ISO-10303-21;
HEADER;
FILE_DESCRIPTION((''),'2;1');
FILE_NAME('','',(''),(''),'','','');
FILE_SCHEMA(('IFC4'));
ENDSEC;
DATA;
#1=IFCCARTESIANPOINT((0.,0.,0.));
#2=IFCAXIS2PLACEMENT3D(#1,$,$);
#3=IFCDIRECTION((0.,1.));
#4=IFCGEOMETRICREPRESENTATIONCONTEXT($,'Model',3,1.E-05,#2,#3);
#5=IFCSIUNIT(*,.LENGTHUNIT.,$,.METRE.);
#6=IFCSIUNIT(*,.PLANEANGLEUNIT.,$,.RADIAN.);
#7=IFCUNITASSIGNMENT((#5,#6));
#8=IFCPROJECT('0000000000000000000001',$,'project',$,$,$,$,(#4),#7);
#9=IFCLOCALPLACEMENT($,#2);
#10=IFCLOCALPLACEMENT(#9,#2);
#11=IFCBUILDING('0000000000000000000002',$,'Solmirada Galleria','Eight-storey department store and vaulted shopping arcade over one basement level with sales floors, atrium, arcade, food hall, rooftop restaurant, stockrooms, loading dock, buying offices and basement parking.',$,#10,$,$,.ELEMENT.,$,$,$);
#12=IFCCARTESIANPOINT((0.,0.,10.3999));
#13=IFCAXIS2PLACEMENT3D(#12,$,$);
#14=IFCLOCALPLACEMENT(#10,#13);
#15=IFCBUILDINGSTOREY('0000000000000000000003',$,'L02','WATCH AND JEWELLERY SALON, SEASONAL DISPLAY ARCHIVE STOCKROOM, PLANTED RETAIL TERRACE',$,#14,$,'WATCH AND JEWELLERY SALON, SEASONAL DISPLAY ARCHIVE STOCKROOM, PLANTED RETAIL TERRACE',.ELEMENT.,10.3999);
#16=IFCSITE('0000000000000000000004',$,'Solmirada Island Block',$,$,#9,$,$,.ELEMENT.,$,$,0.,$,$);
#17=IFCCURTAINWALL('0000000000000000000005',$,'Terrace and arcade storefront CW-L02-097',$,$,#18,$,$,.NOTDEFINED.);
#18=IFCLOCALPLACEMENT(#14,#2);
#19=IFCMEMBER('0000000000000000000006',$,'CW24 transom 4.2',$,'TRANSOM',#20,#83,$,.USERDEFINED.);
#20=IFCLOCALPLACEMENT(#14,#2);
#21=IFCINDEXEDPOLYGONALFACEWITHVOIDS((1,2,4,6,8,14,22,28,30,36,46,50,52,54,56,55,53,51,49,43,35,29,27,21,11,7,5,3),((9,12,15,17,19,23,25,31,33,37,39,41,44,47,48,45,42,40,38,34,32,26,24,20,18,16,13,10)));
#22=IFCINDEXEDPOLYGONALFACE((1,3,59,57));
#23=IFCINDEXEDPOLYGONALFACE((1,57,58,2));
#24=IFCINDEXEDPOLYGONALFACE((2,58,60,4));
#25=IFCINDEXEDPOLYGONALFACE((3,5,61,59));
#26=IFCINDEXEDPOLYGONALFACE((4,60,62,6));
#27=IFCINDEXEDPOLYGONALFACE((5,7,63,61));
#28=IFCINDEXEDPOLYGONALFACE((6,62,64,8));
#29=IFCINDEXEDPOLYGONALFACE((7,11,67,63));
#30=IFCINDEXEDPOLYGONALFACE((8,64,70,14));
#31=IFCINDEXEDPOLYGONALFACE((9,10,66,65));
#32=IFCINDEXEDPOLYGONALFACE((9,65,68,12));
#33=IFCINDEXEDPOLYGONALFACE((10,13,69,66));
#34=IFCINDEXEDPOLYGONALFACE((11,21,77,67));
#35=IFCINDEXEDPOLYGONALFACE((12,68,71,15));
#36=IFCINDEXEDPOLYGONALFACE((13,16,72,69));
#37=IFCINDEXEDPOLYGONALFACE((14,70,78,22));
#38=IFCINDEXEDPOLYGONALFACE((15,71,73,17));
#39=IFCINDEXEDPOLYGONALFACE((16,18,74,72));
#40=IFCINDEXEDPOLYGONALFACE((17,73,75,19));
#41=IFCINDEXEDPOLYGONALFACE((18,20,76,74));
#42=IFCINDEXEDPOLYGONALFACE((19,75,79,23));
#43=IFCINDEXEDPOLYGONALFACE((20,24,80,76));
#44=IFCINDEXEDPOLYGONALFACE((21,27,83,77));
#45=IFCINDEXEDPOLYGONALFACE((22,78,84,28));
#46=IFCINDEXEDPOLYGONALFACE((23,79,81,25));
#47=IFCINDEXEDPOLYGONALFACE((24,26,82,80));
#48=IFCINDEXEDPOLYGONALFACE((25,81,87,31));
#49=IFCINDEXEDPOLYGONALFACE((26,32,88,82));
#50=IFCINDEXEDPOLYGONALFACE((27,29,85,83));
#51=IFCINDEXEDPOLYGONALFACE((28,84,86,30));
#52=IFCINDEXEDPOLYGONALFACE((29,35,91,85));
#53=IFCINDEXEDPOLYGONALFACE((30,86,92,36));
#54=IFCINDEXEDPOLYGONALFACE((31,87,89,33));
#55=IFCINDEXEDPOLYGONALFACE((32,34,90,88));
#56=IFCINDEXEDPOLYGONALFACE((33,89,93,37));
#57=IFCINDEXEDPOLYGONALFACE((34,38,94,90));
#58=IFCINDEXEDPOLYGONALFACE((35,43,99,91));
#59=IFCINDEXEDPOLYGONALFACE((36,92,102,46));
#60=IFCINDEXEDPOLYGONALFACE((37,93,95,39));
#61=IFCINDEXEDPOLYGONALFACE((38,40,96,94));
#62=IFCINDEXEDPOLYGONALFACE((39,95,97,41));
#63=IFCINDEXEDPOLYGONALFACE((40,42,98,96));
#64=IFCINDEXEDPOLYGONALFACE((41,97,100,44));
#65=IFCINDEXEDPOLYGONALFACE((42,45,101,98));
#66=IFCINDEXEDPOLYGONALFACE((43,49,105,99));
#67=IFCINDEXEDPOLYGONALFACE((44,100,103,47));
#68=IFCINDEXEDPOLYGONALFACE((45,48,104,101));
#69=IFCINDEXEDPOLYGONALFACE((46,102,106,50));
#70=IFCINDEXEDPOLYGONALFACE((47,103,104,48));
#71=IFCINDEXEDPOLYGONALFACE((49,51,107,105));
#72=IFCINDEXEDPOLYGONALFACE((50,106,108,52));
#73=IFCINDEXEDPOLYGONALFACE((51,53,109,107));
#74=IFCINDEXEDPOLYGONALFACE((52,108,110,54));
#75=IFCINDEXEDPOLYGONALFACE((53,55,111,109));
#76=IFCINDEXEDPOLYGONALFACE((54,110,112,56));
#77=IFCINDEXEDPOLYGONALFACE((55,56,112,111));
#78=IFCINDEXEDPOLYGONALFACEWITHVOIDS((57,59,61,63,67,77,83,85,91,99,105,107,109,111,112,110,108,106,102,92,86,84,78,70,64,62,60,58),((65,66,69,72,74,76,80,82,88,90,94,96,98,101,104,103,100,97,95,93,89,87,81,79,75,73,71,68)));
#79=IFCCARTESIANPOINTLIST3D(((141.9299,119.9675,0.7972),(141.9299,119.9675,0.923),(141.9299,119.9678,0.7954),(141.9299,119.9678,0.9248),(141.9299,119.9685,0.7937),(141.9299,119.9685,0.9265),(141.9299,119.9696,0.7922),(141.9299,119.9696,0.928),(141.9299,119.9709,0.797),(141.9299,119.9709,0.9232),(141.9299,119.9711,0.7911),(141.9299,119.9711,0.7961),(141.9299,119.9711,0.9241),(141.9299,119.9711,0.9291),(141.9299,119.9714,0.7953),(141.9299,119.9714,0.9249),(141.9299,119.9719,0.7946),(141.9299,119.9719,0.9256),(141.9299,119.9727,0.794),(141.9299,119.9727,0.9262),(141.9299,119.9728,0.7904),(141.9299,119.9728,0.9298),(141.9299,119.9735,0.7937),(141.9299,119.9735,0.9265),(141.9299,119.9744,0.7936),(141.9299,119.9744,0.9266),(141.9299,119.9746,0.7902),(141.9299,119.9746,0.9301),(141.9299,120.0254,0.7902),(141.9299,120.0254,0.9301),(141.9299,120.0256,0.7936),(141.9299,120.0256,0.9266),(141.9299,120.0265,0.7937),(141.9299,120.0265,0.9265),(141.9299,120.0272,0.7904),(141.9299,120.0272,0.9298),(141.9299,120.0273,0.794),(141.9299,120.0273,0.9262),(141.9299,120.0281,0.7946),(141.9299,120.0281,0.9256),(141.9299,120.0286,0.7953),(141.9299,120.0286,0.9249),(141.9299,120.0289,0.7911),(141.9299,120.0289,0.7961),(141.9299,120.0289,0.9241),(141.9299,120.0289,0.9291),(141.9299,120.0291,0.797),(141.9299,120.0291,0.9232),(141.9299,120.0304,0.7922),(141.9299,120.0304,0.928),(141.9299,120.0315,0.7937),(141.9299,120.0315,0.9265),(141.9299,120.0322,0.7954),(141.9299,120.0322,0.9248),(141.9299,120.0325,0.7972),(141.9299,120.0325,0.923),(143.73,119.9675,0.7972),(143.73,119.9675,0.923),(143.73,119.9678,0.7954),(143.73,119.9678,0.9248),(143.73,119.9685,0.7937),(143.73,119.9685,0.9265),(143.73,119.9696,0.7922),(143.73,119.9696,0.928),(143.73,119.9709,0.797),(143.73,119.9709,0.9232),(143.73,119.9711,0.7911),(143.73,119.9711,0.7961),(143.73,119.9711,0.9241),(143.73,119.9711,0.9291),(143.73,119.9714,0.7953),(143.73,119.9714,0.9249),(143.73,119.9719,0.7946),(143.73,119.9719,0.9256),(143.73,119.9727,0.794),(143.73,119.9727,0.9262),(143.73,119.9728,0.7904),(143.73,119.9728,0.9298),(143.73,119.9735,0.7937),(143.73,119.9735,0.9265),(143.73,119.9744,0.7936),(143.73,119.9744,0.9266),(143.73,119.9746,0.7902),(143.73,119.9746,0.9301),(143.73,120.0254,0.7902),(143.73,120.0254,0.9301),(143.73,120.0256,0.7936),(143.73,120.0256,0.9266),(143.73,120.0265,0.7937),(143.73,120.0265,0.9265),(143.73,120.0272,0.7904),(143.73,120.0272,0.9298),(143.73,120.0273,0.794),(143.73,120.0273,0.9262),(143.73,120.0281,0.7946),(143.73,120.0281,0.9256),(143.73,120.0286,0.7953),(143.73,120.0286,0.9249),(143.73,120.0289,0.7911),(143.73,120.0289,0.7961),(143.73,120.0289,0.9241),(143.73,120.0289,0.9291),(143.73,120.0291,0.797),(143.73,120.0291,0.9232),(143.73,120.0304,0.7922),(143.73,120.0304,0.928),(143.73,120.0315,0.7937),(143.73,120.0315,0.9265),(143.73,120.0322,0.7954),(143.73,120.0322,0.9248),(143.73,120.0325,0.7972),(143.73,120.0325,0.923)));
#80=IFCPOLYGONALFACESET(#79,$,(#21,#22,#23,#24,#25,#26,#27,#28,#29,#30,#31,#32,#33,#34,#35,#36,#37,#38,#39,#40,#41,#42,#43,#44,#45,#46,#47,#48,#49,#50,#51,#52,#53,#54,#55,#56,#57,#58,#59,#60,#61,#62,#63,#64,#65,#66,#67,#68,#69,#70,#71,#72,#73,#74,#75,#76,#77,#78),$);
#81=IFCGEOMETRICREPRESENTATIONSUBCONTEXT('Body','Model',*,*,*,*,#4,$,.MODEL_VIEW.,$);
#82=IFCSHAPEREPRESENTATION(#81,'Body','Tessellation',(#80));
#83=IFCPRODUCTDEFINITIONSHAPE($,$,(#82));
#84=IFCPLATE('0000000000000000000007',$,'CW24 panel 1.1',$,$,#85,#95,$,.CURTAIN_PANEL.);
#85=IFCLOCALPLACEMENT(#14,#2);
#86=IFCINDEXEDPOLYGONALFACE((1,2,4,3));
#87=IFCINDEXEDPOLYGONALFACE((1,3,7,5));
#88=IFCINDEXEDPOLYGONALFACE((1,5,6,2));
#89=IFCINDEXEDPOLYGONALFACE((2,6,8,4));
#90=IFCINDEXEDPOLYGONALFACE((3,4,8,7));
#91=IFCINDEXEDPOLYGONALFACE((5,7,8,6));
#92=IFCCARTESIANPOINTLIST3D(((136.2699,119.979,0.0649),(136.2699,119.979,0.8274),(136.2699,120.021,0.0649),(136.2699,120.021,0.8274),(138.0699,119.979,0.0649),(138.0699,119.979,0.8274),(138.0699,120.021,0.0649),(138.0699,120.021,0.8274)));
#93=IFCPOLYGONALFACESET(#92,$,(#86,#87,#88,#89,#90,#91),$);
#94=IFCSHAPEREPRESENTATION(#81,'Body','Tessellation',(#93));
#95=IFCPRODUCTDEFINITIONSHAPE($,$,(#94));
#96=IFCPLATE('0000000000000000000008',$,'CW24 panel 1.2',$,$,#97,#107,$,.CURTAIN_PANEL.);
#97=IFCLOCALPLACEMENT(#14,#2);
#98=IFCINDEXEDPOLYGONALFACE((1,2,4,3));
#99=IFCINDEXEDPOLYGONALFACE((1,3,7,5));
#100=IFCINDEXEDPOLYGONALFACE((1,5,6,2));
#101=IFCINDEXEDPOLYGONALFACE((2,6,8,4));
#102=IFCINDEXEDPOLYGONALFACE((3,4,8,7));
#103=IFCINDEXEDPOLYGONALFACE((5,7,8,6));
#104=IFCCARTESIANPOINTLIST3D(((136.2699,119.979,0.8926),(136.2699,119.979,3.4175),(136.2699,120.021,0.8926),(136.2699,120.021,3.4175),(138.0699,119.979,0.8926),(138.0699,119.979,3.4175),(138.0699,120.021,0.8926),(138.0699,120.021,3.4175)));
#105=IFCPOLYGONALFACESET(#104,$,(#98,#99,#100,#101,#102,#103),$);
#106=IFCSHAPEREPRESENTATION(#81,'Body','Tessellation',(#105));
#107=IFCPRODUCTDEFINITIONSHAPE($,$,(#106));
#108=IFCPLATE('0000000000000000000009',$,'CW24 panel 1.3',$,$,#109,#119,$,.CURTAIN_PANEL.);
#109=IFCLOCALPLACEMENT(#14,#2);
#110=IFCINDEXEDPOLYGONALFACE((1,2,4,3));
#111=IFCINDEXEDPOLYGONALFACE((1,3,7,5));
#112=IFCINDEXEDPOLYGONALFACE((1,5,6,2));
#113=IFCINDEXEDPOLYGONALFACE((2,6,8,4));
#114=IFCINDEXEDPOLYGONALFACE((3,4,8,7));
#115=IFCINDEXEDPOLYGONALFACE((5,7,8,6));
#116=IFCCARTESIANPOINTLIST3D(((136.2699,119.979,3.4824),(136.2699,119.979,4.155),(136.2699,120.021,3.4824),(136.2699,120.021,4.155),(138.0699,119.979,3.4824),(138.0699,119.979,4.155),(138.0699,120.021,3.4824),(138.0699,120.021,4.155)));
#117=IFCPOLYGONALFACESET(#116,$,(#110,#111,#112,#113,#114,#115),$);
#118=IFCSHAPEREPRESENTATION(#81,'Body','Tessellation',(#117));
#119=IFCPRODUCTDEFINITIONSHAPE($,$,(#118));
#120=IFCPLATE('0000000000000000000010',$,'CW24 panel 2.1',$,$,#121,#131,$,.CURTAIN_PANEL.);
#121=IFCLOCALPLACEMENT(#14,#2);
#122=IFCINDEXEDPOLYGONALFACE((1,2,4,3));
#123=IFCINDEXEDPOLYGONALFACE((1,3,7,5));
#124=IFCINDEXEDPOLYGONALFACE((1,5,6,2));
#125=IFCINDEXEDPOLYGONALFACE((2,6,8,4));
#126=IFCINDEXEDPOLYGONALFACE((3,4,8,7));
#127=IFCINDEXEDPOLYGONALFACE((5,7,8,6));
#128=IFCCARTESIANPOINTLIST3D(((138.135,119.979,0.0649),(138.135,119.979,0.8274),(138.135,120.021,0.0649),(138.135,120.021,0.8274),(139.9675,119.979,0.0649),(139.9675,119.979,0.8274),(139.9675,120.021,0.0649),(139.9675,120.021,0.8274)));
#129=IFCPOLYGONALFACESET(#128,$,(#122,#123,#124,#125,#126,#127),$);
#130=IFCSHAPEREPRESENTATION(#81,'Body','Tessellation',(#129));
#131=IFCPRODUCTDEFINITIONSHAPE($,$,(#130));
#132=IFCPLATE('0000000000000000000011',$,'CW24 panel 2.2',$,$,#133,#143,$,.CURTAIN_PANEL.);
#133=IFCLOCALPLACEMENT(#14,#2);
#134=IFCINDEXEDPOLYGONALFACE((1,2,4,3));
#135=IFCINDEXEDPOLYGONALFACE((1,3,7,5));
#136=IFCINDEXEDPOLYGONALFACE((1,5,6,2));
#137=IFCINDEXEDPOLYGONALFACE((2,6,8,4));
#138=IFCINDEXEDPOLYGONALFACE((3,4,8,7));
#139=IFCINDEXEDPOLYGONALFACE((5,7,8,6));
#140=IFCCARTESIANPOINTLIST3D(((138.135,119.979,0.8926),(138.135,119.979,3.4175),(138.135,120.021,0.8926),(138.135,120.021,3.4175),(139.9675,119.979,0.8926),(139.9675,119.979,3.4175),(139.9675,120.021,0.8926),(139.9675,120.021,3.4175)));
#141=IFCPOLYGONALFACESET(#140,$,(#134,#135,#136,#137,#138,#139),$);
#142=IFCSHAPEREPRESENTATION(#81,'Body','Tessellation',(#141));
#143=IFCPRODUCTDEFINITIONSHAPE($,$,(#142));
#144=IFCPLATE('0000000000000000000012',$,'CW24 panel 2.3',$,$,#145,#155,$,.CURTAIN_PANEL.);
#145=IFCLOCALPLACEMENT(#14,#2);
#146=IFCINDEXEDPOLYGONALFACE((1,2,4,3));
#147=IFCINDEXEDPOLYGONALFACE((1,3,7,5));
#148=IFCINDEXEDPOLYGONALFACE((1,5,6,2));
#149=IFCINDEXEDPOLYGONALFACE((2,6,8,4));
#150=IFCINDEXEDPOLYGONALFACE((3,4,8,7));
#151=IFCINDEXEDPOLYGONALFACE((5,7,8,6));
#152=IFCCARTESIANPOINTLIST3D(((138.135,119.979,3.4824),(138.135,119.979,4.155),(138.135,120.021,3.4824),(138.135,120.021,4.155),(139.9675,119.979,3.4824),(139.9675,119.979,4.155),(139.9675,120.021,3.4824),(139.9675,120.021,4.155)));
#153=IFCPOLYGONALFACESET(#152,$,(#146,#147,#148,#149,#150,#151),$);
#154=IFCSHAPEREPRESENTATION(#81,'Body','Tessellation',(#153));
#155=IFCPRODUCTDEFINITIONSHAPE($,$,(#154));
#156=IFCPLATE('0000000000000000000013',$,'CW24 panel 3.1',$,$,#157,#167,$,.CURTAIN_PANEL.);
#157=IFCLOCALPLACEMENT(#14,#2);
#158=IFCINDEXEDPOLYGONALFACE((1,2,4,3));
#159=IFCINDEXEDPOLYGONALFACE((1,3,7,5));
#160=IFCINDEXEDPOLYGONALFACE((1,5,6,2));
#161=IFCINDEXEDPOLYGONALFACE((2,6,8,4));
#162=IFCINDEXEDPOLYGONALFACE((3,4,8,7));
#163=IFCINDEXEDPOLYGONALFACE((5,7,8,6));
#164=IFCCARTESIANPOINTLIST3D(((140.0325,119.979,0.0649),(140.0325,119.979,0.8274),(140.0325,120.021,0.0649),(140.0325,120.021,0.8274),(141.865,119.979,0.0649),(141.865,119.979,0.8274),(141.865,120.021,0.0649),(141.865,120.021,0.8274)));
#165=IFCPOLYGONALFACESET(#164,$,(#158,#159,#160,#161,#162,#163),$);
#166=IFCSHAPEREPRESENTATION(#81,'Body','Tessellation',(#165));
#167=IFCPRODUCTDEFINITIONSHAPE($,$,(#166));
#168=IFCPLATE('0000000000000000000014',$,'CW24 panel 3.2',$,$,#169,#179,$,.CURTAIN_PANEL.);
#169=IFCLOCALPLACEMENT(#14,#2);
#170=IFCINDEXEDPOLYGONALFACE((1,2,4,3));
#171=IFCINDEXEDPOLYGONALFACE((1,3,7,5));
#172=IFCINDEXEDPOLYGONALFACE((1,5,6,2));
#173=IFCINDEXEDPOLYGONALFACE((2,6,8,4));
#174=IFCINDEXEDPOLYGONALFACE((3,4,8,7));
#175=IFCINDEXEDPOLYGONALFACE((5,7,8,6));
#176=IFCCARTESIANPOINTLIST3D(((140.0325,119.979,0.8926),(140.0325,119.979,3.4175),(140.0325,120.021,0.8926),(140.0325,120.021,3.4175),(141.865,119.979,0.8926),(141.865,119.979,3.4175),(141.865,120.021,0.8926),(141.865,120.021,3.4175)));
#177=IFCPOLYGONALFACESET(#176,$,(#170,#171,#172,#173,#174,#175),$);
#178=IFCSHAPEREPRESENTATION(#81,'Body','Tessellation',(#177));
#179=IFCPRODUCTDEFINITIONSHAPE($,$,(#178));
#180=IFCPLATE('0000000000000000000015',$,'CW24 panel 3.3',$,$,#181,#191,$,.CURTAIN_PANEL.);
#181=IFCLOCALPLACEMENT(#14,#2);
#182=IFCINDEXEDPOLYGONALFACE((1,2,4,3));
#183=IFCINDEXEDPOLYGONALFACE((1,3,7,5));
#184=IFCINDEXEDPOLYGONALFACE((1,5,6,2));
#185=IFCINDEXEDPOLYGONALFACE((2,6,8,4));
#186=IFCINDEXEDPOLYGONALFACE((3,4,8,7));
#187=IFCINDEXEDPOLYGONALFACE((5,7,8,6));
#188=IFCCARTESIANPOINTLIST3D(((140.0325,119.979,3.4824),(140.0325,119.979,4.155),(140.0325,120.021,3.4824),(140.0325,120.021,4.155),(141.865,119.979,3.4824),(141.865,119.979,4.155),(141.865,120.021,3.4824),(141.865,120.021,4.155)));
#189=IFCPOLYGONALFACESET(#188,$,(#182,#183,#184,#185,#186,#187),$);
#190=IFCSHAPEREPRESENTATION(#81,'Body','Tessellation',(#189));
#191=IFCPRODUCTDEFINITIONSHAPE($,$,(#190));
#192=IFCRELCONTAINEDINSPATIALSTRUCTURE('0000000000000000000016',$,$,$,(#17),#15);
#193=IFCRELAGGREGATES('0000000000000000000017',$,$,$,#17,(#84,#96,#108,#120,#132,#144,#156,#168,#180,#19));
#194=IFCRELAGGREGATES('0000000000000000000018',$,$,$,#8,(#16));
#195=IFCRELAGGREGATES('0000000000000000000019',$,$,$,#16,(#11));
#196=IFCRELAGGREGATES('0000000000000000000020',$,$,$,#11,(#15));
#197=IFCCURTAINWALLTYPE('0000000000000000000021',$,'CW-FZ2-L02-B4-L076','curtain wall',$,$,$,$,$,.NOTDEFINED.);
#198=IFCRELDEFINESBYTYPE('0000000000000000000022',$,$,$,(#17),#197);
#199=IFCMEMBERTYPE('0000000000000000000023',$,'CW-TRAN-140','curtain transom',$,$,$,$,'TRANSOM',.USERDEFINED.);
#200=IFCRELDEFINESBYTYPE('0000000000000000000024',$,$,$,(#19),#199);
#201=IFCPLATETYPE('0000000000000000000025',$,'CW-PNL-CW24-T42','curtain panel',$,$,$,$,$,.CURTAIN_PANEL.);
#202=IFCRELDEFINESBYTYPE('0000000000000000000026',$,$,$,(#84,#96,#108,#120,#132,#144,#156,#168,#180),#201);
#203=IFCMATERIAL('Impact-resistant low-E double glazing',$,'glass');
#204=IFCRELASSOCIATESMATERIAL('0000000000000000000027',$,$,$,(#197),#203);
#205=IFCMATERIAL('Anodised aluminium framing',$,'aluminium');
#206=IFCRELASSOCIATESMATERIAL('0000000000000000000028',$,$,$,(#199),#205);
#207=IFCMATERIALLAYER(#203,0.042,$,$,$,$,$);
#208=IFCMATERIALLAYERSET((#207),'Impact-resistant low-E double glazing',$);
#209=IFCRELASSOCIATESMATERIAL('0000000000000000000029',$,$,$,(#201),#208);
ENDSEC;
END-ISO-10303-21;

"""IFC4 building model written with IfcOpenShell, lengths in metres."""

from ifc_helpers import new_model, si_unit, direction, frame, origin, origin_2d, place, context, subcontext, project, spatial, rectangle, hollow_rectangle, extrude, material, layer, layer_set, material_profile, profile_set, type_object, element, aggregate, save


model = new_model("IFC4")

# Units and contexts
model_context = context("Model", 3, precision=1e-05, world=origin(), true_north=direction((0.0, 1.0)))
body_context = subcontext(model_context, "Body", "Model", "MODEL_VIEW")
ifc_project = project(units=[si_unit("LENGTHUNIT", "METRE"), si_unit("PLANEANGLEUNIT", "RADIAN")], contexts=[model_context])

# Site, building, storey
site_placement = place(None, origin())
site = spatial("IfcSite", under=ifc_project, at=site_placement, Name="Solmirada Island Block", CompositionType="ELEMENT", RefElevation=0.0)
building_placement = place(site_placement, origin())
building = spatial("IfcBuilding", under=site, at=building_placement, Name="Solmirada Galleria", Description="Eight-storey department store and vaulted shopping arcade over one basement level with sales floors, atrium, arcade, food hall, rooftop restaurant, stockrooms, loading dock, buying offices and basement parking.", CompositionType="ELEMENT")
storey_placement = place(building_placement, frame((0.0, 0.0, 10.3999)))
storey = spatial("IfcBuildingStorey", under=building, at=storey_placement, Name="L02", Description="WATCH AND JEWELLERY SALON, SEASONAL DISPLAY ARCHIVE STOCKROOM, PLANTED RETAIL TERRACE", LongName="WATCH AND JEWELLERY SALON, SEASONAL DISPLAY ARCHIVE STOCKROOM, PLANTED RETAIL TERRACE", CompositionType="ELEMENT", Elevation=10.3999)

# Shared definitions
ifc_material_1 = material(Name="Impact-resistant low-E double glazing", Category="glass")
curtain_wall_type = type_object("IfcCurtainWallType", Name="CW-FZ2-L02-B4-L076", Description="curtain wall", PredefinedType="NOTDEFINED", material=ifc_material_1)
ifc_material_2 = material(Name="Anodised aluminium framing", Category="aluminium")

# Curtain wall, member, plates
curtain_wall_1_placement = place(storey_placement, origin())
curtain_wall_1 = element("IfcCurtainWall", 1, at=curtain_wall_1_placement, inside=storey, type_object=curtain_wall_type, Name="Terrace and arcade storefront CW-L02-097", PredefinedType="NOTDEFINED")
ifc_material_profile_1 = material_profile(ifc_material_2, hollow_rectangle(XDim=0.0649, YDim=0.1399, WallThickness=0.0034, InnerFilletRadius=0.0034, OuterFilletRadius=0.0071, at=origin_2d()), Name="ALU-TRAN-140X65")
ifc_profile_set_1 = profile_set([ifc_material_profile_1], Name="Anodised aluminium framing")
member_type_1 = type_object("IfcMemberType", Name="CW-TRAN-140", Description="curtain transom", ElementType="TRANSOM", PredefinedType="USERDEFINED", material=ifc_profile_set_1)
member_1_placement = place(storey_placement, frame((141.9299, 120.0, 0.8601), z_axis=(1.0, 0.0, 0.0), x_axis=(0.0, 1.0, 0.0)))
member_1 = element("IfcMember", 2, at=member_1_placement, type_object=member_type_1, Name="CW24 transom 4.2", ObjectType="TRANSOM", PredefinedType="USERDEFINED", context=body_context, shape_type="SweptSolid", body=[
    extrude(hollow_rectangle(XDim=0.0649, YDim=0.1399, WallThickness=0.0034, InnerFilletRadius=0.0034, OuterFilletRadius=0.0071, at=origin_2d()), origin(), (0.0, 0.0, 1.0), 1.8),
])
ifc_layer_1 = layer(ifc_material_1, 0.042)
ifc_layer_set_1 = layer_set([ifc_layer_1], Name="Impact-resistant low-E double glazing")
plate_type = type_object("IfcPlateType", Name="CW-PNL-CW24-T42", Description="curtain panel", PredefinedType="CURTAIN_PANEL", material=ifc_layer_set_1)
plate_1_placement = place(storey_placement, frame((137.1699, 120.0, 0.0649), z_axis=(0.0, 0.0, 1.0), x_axis=(1.0, 0.0, 0.0)))
plate_1 = element("IfcPlate", 3, at=plate_1_placement, type_object=plate_type, Name="CW24 panel 1.1", PredefinedType="CURTAIN_PANEL", context=body_context, shape_type="SweptSolid", body=[
    extrude(rectangle(XDim=1.8, YDim=0.042, at=origin_2d()), origin(), (0.0, 0.0, 1.0), 0.7625),
])
plate_2_placement = place(storey_placement, frame((137.1699, 120.0, 0.8926), z_axis=(0.0, 0.0, 1.0), x_axis=(1.0, 0.0, 0.0)))
plate_2 = element("IfcPlate", 4, at=plate_2_placement, type_object=plate_type, Name="CW24 panel 1.2", PredefinedType="CURTAIN_PANEL", context=body_context, shape_type="SweptSolid", body=[
    extrude(rectangle(XDim=1.8, YDim=0.042, at=origin_2d()), origin(), (0.0, 0.0, 1.0), 2.5249),
])
plate_3_placement = place(storey_placement, frame((137.1699, 120.0, 3.4824), z_axis=(0.0, 0.0, 1.0), x_axis=(1.0, 0.0, 0.0)))
plate_3 = element("IfcPlate", 5, at=plate_3_placement, type_object=plate_type, Name="CW24 panel 1.3", PredefinedType="CURTAIN_PANEL", context=body_context, shape_type="SweptSolid", body=[
    extrude(rectangle(XDim=1.8, YDim=0.042, at=origin_2d()), origin(), (0.0, 0.0, 1.0), 0.6726),
])
plate_4_placement = place(storey_placement, frame((139.0513, 120.0, 0.0649), z_axis=(0.0, 0.0, 1.0), x_axis=(1.0, 0.0, 0.0)))
plate_4 = element("IfcPlate", 6, at=plate_4_placement, type_object=plate_type, Name="CW24 panel 2.1", PredefinedType="CURTAIN_PANEL", context=body_context, shape_type="SweptSolid", body=[
    extrude(rectangle(XDim=1.8325, YDim=0.042, at=origin_2d()), origin(), (0.0, 0.0, 1.0), 0.7625),
])
plate_5_placement = place(storey_placement, frame((139.0513, 120.0, 0.8926), z_axis=(0.0, 0.0, 1.0), x_axis=(1.0, 0.0, 0.0)))
plate_5 = element("IfcPlate", 7, at=plate_5_placement, type_object=plate_type, Name="CW24 panel 2.2", PredefinedType="CURTAIN_PANEL", context=body_context, shape_type="SweptSolid", body=[
    extrude(rectangle(XDim=1.8325, YDim=0.042, at=origin_2d()), origin(), (0.0, 0.0, 1.0), 2.5249),
])
plate_6_placement = place(storey_placement, frame((139.0513, 120.0, 3.4824), z_axis=(0.0, 0.0, 1.0), x_axis=(1.0, 0.0, 0.0)))
plate_6 = element("IfcPlate", 8, at=plate_6_placement, type_object=plate_type, Name="CW24 panel 2.3", PredefinedType="CURTAIN_PANEL", context=body_context, shape_type="SweptSolid", body=[
    extrude(rectangle(XDim=1.8325, YDim=0.042, at=origin_2d()), origin(), (0.0, 0.0, 1.0), 0.6726),
])
plate_7_placement = place(storey_placement, frame((140.9487, 120.0, 0.0649), z_axis=(0.0, 0.0, 1.0), x_axis=(1.0, 0.0, 0.0)))
plate_7 = element("IfcPlate", 9, at=plate_7_placement, type_object=plate_type, Name="CW24 panel 3.1", PredefinedType="CURTAIN_PANEL", context=body_context, shape_type="SweptSolid", body=[
    extrude(rectangle(XDim=1.8325, YDim=0.042, at=origin_2d()), origin(), (0.0, 0.0, 1.0), 0.7625),
])
plate_8_placement = place(storey_placement, frame((140.9487, 120.0, 0.8926), z_axis=(0.0, 0.0, 1.0), x_axis=(1.0, 0.0, 0.0)))
plate_8 = element("IfcPlate", 10, at=plate_8_placement, type_object=plate_type, Name="CW24 panel 3.2", PredefinedType="CURTAIN_PANEL", context=body_context, shape_type="SweptSolid", body=[
    extrude(rectangle(XDim=1.8325, YDim=0.042, at=origin_2d()), origin(), (0.0, 0.0, 1.0), 2.5249),
])
plate_9_placement = place(storey_placement, frame((140.9487, 120.0, 3.4824), z_axis=(0.0, 0.0, 1.0), x_axis=(1.0, 0.0, 0.0)))
plate_9 = element("IfcPlate", 11, at=plate_9_placement, type_object=plate_type, Name="CW24 panel 3.3", PredefinedType="CURTAIN_PANEL", context=body_context, shape_type="SweptSolid", body=[
    extrude(rectangle(XDim=1.8325, YDim=0.042, at=origin_2d()), origin(), (0.0, 0.0, 1.0), 0.6726),
])
aggregate(curtain_wall_1, [plate_1, plate_2, plate_3, plate_4, plate_5, plate_6, plate_7, plate_8, plate_9, member_1])

save(model, "model.ifc")
